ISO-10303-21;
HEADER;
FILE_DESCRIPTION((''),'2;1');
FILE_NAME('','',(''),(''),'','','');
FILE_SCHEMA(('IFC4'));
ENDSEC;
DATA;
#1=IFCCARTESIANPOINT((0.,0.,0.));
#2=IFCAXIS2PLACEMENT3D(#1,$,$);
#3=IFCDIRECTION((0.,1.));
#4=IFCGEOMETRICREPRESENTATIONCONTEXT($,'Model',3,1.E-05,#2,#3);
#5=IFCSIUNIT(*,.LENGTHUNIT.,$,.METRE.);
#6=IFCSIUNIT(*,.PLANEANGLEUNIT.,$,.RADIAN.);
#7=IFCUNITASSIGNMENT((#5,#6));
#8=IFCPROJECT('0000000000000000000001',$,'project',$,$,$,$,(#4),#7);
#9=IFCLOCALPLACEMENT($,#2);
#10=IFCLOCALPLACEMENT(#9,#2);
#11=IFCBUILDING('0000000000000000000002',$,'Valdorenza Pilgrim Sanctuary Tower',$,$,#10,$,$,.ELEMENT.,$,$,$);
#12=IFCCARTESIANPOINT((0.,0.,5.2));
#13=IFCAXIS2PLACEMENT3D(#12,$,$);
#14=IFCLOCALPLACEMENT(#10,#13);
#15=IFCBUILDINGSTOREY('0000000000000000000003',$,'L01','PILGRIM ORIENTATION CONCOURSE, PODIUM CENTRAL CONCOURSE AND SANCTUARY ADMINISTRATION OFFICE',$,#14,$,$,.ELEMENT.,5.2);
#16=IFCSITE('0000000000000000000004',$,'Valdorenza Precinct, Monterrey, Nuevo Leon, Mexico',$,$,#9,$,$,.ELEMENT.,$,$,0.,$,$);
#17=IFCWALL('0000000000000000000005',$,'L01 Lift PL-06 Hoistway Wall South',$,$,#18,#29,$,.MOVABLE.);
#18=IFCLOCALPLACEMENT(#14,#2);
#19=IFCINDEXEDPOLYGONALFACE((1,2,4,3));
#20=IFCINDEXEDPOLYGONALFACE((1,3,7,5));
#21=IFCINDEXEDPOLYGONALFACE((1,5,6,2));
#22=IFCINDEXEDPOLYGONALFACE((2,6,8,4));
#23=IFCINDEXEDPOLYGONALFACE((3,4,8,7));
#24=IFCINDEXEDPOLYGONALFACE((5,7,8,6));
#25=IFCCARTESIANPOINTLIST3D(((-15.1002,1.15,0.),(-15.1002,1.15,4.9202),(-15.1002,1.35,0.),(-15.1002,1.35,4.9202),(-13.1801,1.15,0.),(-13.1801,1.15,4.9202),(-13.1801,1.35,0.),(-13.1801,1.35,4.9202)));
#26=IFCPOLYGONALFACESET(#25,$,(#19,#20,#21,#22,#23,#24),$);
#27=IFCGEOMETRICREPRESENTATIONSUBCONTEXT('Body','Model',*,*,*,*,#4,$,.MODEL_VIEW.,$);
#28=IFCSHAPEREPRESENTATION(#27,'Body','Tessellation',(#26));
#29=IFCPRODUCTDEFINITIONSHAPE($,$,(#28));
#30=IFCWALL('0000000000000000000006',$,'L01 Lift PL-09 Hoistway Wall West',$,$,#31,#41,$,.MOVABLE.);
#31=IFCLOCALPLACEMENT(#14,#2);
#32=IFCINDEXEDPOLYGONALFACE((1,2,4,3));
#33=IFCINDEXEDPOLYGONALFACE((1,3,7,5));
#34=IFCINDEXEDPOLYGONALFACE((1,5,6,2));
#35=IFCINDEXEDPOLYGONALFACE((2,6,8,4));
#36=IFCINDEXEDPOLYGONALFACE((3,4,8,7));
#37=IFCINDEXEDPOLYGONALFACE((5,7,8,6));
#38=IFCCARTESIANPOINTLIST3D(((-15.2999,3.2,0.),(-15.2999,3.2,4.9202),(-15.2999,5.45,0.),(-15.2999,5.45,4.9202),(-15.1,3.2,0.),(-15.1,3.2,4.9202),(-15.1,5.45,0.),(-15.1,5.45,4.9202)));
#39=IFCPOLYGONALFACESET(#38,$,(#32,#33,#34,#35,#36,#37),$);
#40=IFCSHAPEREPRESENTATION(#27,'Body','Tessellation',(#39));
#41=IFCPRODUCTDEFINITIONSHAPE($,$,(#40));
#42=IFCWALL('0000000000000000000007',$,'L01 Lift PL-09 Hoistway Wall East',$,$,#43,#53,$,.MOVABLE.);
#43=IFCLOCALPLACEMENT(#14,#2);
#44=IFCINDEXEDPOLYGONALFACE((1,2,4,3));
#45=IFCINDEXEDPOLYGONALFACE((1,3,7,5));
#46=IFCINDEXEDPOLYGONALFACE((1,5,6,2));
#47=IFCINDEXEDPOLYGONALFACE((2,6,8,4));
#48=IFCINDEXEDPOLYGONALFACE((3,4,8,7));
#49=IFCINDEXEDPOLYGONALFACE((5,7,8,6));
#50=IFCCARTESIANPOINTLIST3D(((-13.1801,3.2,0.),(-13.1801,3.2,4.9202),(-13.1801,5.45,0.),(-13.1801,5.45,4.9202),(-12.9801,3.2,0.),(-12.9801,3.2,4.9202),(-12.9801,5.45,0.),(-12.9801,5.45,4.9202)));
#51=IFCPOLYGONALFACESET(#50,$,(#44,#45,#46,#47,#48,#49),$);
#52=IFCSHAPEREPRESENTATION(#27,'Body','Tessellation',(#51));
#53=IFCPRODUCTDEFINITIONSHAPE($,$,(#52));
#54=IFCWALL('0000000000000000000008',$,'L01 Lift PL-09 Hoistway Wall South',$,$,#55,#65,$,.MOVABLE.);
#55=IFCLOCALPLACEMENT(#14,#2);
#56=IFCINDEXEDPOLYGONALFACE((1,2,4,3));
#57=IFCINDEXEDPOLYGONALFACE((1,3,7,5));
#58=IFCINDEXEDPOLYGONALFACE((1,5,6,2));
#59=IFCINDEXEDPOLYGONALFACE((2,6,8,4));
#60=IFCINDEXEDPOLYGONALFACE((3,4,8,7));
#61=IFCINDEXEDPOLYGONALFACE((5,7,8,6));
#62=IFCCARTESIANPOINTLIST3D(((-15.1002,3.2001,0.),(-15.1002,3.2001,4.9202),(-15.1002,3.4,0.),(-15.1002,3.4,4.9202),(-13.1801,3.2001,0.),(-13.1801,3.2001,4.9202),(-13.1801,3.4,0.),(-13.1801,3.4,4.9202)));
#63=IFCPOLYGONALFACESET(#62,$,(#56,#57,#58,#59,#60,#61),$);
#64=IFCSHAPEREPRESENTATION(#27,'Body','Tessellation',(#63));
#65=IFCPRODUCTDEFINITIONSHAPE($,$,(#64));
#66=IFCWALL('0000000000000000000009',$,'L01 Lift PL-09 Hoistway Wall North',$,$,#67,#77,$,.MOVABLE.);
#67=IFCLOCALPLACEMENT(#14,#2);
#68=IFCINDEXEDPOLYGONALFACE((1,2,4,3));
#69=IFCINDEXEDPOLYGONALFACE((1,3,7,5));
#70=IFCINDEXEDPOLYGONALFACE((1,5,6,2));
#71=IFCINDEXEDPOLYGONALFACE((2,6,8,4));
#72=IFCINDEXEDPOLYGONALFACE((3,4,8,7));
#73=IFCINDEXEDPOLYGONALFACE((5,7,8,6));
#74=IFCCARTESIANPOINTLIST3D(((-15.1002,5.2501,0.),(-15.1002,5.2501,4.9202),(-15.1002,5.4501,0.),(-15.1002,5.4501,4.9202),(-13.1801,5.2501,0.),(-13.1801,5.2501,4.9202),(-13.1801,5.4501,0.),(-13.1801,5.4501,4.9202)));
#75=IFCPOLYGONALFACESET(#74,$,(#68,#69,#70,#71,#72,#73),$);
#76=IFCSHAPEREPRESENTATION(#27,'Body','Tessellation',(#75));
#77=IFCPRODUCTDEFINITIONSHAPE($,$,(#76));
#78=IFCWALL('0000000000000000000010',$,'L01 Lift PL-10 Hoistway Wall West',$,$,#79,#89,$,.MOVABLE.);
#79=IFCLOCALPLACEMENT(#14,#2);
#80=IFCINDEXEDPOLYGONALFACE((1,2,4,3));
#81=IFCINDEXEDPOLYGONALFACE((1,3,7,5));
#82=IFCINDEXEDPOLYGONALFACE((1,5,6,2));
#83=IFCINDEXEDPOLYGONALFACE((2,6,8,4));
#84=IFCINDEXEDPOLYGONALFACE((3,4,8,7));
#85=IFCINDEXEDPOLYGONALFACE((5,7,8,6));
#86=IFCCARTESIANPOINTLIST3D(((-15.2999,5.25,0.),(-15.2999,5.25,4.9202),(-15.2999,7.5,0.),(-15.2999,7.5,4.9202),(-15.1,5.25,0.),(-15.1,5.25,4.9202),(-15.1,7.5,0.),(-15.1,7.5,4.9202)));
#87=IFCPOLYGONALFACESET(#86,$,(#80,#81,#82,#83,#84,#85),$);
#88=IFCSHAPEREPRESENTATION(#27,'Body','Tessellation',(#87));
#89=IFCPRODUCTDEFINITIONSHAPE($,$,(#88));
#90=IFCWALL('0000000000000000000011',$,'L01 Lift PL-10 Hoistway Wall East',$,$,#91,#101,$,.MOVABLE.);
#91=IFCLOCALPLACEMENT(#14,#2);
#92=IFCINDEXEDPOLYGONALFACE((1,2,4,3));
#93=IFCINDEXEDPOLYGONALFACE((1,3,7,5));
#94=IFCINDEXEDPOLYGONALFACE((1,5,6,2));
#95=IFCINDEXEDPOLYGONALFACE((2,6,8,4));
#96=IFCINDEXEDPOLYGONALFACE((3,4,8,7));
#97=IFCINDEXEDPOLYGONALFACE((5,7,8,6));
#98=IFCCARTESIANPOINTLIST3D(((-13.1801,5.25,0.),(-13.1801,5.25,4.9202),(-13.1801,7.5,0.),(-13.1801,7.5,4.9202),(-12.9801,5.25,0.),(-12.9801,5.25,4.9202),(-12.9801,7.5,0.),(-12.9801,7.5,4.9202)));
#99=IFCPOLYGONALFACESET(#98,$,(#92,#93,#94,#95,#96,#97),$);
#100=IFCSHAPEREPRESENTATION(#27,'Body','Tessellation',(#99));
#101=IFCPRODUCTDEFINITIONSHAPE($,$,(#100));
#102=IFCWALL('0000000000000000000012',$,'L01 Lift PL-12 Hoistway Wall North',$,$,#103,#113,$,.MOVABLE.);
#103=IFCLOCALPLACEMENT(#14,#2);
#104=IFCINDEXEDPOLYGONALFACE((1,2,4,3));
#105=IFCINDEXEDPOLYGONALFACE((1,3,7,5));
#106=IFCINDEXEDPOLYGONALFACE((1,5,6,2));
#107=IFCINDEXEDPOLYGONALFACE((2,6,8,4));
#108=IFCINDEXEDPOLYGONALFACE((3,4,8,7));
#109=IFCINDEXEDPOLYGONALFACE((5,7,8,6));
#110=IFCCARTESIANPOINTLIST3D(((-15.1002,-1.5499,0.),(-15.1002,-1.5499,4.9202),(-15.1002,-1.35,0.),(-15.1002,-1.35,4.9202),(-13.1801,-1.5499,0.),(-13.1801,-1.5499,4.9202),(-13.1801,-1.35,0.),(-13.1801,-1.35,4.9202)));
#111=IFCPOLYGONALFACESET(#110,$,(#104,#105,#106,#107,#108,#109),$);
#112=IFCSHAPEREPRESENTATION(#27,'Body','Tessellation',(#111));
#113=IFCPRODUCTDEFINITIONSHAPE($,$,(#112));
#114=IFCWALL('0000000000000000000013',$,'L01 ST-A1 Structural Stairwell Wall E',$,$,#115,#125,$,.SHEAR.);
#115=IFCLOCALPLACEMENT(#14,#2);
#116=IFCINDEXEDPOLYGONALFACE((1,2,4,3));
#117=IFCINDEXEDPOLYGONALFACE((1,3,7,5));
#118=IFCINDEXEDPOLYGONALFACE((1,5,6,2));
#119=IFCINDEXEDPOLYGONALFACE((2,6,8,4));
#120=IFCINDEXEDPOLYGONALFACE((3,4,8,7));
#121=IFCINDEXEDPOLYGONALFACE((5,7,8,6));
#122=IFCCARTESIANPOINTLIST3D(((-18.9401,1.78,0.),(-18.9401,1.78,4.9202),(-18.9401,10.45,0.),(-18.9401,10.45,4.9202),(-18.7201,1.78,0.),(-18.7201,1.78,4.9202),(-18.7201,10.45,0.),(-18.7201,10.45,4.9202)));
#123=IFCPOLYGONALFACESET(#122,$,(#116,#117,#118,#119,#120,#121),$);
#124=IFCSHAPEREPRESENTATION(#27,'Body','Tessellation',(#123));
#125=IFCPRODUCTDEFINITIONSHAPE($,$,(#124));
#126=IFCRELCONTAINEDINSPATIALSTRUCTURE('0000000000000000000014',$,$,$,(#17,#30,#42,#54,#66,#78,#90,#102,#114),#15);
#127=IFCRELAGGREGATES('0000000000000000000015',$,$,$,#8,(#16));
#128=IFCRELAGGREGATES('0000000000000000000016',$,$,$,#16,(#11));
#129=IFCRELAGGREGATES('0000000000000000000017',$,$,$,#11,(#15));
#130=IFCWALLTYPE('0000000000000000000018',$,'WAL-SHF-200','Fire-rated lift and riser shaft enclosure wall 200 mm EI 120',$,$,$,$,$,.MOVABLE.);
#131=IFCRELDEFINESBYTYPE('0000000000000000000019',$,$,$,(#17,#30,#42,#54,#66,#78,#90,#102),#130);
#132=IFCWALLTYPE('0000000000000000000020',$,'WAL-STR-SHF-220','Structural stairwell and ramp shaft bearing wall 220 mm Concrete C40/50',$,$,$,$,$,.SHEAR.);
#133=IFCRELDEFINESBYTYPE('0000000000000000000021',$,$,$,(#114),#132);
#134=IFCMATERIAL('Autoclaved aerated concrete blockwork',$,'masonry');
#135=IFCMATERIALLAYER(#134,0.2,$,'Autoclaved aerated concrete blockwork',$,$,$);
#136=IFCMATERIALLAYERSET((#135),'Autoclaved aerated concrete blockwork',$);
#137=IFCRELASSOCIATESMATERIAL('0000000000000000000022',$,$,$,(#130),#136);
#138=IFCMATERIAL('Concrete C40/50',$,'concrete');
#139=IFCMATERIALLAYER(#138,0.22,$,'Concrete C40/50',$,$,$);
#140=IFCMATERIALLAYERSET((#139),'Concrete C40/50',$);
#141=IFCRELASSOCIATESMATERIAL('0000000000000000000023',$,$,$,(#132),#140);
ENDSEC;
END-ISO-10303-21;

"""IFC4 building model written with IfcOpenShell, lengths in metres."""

from ifc_helpers import new_model, si_unit, direction, frame, frame_2d, origin, place, context, subcontext, project, spatial, rectangle, extrude, material, layer, layer_set, type_object, element, save


model = new_model("IFC4")

# Units and contexts
model_context = context("Model", 3, precision=1e-05, world=origin(), true_north=direction((0.0, 1.0)))
body_context = subcontext(model_context, "Body", "Model", "MODEL_VIEW")
ifc_project = project(units=[si_unit("LENGTHUNIT", "METRE"), si_unit("PLANEANGLEUNIT", "RADIAN")], contexts=[model_context])

# Site, building, storey
site_placement = place(None, origin())
site = spatial("IfcSite", under=ifc_project, at=site_placement, Name="Valdorenza Precinct, Monterrey, Nuevo Leon, Mexico", CompositionType="ELEMENT", RefElevation=0.0)
building_placement = place(site_placement, origin())
building = spatial("IfcBuilding", under=site, at=building_placement, Name="Valdorenza Pilgrim Sanctuary Tower", CompositionType="ELEMENT")
storey_placement = place(building_placement, frame((0.0, 0.0, 5.2)))
storey = spatial("IfcBuildingStorey", under=building, at=storey_placement, Name="L01", Description="PILGRIM ORIENTATION CONCOURSE, PODIUM CENTRAL CONCOURSE AND SANCTUARY ADMINISTRATION OFFICE", CompositionType="ELEMENT", Elevation=5.2)

# Shared definitions
ifc_material_1 = material(Name="Autoclaved aerated concrete blockwork", Category="masonry")
ifc_layer_1 = layer(ifc_material_1, 0.2, Name="Autoclaved aerated concrete blockwork")
ifc_layer_set_1 = layer_set([ifc_layer_1], Name="Autoclaved aerated concrete blockwork")
wall_type_1 = type_object("IfcWallType", Name="WAL-SHF-200", Description="Fire-rated lift and riser shaft enclosure wall 200 mm EI 120", PredefinedType="MOVABLE", material=ifc_layer_set_1)

# Walls
wall_1_placement = place(storey_placement, frame((-15.1001, 1.25, 0.0), z_axis=(0.0, 0.0, 1.0), x_axis=(1.0, 0.0, 0.0)))
element("IfcWall", 1, at=wall_1_placement, inside=storey, type_object=wall_type_1, Name="L01 Lift PL-06 Hoistway Wall South", PredefinedType="MOVABLE", context=body_context, shape_type="SweptSolid", body=[
    extrude(rectangle(XDim=1.9202, YDim=0.2, at=frame_2d((0.96, 0.0))), origin(), (0.0, 0.0, 1.0), 4.9202),
])
for number, where, z_axis, x_axis, name in (
    (2, (-15.2, 3.2, 0.0), (0.0, 0.0, 1.0), (0.0, 1.0, 0.0), "L01 Lift PL-09 Hoistway Wall West"),
    (3, (-13.0801, 3.2, 0.0), (0.0, 0.0, 1.0), (0.0, 1.0, 0.0), "L01 Lift PL-09 Hoistway Wall East"),
):
    element("IfcWall", number, at=place(storey_placement, frame(where, z_axis=z_axis, x_axis=x_axis)), inside=storey, type_object=wall_type_1, Name=name, PredefinedType="MOVABLE", context=body_context, shape_type="SweptSolid", body=[
        extrude(rectangle(XDim=2.25, YDim=0.2, at=frame_2d((1.125, 0.0))), origin(), (0.0, 0.0, 1.0), 4.9202),
    ])
for number, where, z_axis, x_axis, name in (
    (4, (-15.1001, 3.3, 0.0), (0.0, 0.0, 1.0), (1.0, 0.0, 0.0), "L01 Lift PL-09 Hoistway Wall South"),
    (5, (-15.1001, 5.3501, 0.0), (0.0, 0.0, 1.0), (1.0, 0.0, 0.0), "L01 Lift PL-09 Hoistway Wall North"),
):
    element("IfcWall", number, at=place(storey_placement, frame(where, z_axis=z_axis, x_axis=x_axis)), inside=storey, type_object=wall_type_1, Name=name, PredefinedType="MOVABLE", context=body_context, shape_type="SweptSolid", body=[
        extrude(rectangle(XDim=1.9202, YDim=0.2, at=frame_2d((0.96, 0.0))), origin(), (0.0, 0.0, 1.0), 4.9202),
    ])
for number, where, z_axis, x_axis, name in (
    (6, (-15.2, 5.25, 0.0), (0.0, 0.0, 1.0), (0.0, 1.0, 0.0), "L01 Lift PL-10 Hoistway Wall West"),
    (7, (-13.0801, 5.25, 0.0), (0.0, 0.0, 1.0), (0.0, 1.0, 0.0), "L01 Lift PL-10 Hoistway Wall East"),
):
    element("IfcWall", number, at=place(storey_placement, frame(where, z_axis=z_axis, x_axis=x_axis)), inside=storey, type_object=wall_type_1, Name=name, PredefinedType="MOVABLE", context=body_context, shape_type="SweptSolid", body=[
        extrude(rectangle(XDim=2.25, YDim=0.2, at=frame_2d((1.125, 0.0))), origin(), (0.0, 0.0, 1.0), 4.9202),
    ])
wall_2_placement = place(storey_placement, frame((-15.1001, -1.45, 0.0), z_axis=(0.0, 0.0, 1.0), x_axis=(1.0, 0.0, 0.0)))
element("IfcWall", 8, at=wall_2_placement, inside=storey, type_object=wall_type_1, Name="L01 Lift PL-12 Hoistway Wall North", PredefinedType="MOVABLE", context=body_context, shape_type="SweptSolid", body=[
    extrude(rectangle(XDim=1.9202, YDim=0.2, at=frame_2d((0.96, 0.0))), origin(), (0.0, 0.0, 1.0), 4.9202),
])
ifc_material_2 = material(Name="Concrete C40/50", Category="concrete")
ifc_layer_2 = layer(ifc_material_2, 0.22, Name="Concrete C40/50")
ifc_layer_set_2 = layer_set([ifc_layer_2], Name="Concrete C40/50")
wall_type_2 = type_object("IfcWallType", Name="WAL-STR-SHF-220", Description="Structural stairwell and ramp shaft bearing wall 220 mm Concrete C40/50", PredefinedType="SHEAR", material=ifc_layer_set_2)
wall_3_placement = place(storey_placement, frame((-18.8301, 1.78, 0.0), z_axis=(0.0, 0.0, 1.0), x_axis=(0.0, 1.0, 0.0)))
element("IfcWall", 9, at=wall_3_placement, inside=storey, type_object=wall_type_2, Name="L01 ST-A1 Structural Stairwell Wall E", PredefinedType="SHEAR", context=body_context, shape_type="SweptSolid", body=[
    extrude(rectangle(XDim=8.6699, YDim=0.22, at=frame_2d((4.335, 0.0))), origin(), (0.0, 0.0, 1.0), 4.9202),
])

save(model, "model.ifc")
